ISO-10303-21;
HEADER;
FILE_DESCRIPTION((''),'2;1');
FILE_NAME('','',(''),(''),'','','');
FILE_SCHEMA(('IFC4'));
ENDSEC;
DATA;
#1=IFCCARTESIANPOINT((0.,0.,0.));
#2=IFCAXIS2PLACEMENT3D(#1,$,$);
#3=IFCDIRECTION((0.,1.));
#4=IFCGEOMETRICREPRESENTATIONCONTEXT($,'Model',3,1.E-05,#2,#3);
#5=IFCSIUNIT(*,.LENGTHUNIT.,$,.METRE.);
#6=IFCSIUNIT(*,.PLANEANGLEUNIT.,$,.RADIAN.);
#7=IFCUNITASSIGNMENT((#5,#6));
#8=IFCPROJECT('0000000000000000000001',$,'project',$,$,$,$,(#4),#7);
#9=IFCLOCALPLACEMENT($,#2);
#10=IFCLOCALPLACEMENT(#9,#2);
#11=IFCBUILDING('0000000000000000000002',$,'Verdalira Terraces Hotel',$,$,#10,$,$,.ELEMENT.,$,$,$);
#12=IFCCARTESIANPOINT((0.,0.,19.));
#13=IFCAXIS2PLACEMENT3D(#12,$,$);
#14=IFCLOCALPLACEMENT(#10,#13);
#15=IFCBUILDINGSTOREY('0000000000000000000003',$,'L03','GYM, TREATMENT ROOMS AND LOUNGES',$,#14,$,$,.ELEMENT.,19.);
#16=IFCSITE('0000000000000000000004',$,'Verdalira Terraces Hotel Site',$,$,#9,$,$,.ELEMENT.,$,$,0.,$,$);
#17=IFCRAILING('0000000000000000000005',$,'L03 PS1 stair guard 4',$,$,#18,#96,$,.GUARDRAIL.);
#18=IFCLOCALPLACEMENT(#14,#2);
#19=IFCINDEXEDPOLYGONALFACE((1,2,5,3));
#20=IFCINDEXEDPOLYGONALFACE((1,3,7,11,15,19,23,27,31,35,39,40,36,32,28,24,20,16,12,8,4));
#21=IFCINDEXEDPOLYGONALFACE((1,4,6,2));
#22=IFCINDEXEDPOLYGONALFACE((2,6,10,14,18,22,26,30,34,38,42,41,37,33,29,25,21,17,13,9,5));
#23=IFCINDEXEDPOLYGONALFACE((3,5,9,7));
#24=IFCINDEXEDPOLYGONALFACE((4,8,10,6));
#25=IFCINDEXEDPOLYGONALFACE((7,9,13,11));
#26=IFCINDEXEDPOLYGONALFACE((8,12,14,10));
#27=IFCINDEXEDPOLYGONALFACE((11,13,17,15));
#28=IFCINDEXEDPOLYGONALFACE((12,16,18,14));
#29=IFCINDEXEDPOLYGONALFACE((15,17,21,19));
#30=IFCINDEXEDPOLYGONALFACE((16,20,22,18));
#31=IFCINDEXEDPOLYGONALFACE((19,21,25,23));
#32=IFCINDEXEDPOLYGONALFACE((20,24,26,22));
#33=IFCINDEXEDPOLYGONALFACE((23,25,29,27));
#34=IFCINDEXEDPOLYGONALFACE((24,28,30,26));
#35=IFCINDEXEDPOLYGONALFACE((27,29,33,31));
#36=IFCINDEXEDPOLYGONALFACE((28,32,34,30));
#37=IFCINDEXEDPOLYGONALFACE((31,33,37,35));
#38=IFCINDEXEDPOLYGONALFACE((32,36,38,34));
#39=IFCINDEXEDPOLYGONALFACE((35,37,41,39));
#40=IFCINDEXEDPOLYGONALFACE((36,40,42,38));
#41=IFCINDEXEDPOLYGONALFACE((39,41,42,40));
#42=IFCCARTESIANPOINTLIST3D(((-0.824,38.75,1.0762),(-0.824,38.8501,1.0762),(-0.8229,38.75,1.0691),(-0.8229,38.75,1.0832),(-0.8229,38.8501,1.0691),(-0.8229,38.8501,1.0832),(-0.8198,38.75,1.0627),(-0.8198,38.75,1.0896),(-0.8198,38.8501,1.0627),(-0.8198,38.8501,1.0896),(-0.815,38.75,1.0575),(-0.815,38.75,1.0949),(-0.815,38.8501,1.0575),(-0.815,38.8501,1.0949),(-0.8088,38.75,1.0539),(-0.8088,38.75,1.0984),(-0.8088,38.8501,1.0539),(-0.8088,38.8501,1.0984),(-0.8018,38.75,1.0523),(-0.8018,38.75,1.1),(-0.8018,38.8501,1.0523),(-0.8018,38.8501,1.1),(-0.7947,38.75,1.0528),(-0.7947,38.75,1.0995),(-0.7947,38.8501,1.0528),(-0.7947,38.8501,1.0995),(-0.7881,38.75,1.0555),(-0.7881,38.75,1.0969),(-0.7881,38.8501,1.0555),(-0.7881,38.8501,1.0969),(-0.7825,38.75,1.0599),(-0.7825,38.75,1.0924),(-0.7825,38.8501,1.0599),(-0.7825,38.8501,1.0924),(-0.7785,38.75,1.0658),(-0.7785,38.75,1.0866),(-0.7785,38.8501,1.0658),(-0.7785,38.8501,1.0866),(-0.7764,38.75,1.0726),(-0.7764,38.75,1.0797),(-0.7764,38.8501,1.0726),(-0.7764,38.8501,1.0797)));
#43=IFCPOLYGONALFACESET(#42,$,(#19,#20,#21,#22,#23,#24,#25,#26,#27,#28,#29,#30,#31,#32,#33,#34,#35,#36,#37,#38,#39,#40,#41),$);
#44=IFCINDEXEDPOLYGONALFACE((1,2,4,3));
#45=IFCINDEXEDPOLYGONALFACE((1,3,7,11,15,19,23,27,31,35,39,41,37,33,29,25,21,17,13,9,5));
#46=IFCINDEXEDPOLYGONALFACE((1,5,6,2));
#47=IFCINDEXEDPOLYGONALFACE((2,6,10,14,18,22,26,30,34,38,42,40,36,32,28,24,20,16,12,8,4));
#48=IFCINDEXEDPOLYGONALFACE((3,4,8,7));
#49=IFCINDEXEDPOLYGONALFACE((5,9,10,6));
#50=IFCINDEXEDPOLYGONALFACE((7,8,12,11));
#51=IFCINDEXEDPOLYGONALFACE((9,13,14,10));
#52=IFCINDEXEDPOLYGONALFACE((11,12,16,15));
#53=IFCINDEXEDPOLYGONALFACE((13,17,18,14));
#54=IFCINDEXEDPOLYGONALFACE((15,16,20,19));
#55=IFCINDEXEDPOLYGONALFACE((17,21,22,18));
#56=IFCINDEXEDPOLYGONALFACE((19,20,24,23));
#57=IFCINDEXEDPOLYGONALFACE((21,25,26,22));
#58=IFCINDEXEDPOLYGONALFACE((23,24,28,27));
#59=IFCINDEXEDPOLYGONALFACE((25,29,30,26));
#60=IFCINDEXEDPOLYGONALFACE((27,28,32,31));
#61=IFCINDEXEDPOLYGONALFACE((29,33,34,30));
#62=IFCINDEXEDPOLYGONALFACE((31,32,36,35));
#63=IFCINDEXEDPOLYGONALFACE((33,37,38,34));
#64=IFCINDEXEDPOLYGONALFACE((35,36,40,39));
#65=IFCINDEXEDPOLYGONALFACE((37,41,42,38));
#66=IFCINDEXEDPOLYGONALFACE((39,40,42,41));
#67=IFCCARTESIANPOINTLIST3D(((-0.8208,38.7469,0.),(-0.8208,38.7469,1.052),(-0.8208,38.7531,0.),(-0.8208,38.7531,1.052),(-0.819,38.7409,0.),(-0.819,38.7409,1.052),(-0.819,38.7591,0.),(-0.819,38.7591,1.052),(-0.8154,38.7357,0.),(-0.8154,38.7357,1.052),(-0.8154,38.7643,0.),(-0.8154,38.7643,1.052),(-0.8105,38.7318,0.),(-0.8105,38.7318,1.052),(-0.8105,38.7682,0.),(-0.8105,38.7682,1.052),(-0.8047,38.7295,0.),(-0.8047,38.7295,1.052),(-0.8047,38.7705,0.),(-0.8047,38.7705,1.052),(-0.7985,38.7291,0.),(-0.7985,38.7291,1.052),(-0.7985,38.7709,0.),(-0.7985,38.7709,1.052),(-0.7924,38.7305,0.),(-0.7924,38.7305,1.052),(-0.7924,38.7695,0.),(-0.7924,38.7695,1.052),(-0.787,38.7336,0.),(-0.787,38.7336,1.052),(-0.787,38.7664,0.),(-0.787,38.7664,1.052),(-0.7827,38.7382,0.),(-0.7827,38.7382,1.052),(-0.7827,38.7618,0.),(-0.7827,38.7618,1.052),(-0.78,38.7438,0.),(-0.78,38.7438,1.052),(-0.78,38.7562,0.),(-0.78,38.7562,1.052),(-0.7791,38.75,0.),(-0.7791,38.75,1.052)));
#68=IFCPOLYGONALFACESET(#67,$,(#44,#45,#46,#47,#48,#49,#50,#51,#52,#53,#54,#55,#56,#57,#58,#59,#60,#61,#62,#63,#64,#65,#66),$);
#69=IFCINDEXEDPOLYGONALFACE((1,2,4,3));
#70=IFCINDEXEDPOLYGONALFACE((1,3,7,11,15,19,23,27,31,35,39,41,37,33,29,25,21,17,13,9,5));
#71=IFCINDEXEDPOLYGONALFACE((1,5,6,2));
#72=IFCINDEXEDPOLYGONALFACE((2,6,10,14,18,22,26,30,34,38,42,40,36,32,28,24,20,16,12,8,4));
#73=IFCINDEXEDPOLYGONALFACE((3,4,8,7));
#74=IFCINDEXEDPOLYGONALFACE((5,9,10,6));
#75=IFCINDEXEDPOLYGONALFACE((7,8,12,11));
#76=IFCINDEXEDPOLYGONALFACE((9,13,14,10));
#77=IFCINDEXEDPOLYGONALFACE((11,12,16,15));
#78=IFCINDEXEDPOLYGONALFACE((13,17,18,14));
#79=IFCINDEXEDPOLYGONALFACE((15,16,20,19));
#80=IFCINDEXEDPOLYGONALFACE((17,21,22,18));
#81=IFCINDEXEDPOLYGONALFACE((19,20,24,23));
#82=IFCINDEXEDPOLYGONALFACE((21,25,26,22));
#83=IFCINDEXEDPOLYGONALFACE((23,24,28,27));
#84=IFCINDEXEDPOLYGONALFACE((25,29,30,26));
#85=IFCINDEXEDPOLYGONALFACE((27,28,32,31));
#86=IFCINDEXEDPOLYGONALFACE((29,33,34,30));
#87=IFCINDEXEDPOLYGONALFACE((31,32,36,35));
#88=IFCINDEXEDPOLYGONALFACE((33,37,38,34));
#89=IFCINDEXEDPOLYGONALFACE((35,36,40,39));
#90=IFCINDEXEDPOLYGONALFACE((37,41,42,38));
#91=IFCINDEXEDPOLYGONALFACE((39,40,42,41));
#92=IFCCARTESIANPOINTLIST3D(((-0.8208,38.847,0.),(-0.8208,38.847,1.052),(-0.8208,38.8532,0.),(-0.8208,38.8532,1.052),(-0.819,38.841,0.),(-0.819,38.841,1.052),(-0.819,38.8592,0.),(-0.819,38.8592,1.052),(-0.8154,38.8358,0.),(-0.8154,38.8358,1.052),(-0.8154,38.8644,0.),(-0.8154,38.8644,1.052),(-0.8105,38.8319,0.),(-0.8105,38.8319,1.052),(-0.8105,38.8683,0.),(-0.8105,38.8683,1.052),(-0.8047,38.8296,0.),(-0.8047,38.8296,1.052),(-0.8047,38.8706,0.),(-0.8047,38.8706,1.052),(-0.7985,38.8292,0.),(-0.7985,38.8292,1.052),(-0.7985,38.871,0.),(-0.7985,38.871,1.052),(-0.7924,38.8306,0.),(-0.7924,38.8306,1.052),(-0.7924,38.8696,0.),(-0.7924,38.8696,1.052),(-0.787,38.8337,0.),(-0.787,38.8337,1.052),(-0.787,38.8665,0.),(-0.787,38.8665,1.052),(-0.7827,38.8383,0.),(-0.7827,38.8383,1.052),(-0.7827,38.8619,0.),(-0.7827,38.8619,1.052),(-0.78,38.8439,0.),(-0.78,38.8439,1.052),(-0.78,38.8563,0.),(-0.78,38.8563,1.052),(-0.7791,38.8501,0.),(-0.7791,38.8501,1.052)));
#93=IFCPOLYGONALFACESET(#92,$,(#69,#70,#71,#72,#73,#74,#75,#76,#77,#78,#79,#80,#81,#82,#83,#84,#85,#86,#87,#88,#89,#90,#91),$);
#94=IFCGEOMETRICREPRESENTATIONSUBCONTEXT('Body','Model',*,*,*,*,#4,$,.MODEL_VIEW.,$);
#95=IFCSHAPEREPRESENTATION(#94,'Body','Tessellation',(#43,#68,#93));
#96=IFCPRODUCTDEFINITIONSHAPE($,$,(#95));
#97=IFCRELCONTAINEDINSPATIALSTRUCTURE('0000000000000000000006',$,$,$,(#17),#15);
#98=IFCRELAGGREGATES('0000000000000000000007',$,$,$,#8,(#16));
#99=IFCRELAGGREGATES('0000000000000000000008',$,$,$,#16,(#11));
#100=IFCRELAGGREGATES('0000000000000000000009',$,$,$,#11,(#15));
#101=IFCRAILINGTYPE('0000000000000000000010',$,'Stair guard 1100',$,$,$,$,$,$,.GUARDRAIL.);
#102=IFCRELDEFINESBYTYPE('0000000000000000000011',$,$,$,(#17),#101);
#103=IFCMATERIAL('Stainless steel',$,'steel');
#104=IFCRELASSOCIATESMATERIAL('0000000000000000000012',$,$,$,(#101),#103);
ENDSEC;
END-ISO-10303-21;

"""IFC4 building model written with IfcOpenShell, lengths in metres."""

from ifc_helpers import new_model, si_unit, direction, frame, origin, origin_2d, place, context, subcontext, project, spatial, circle, extrude, material, type_object, element, save


model = new_model("IFC4")

# Units and contexts
model_context = context("Model", 3, precision=1e-05, world=origin(), true_north=direction((0.0, 1.0)))
body_context = subcontext(model_context, "Body", "Model", "MODEL_VIEW")
ifc_project = project(units=[si_unit("LENGTHUNIT", "METRE"), si_unit("PLANEANGLEUNIT", "RADIAN")], contexts=[model_context])

# Site, building, storey
site_placement = place(None, origin())
site = spatial("IfcSite", under=ifc_project, at=site_placement, Name="Verdalira Terraces Hotel Site", CompositionType="ELEMENT", RefElevation=0.0)
building_placement = place(site_placement, origin())
building = spatial("IfcBuilding", under=site, at=building_placement, Name="Verdalira Terraces Hotel", CompositionType="ELEMENT")
storey_placement = place(building_placement, frame((0.0, 0.0, 19.0)))
storey = spatial("IfcBuildingStorey", under=building, at=storey_placement, Name="L03", Description="GYM, TREATMENT ROOMS AND LOUNGES", CompositionType="ELEMENT", Elevation=19.0)

# Railing
ifc_material_1 = material(Name="Stainless steel", Category="steel")
railing_type_1 = type_object("IfcRailingType", Name="Stair guard 1100", PredefinedType="GUARDRAIL", material=ifc_material_1)
railing_1_placement = place(storey_placement, frame((-0.8, 38.75, 0.0)))
element("IfcRailing", 1, at=railing_1_placement, inside=storey, type_object=railing_type_1, Name="L03 PS1 stair guard 4", PredefinedType="GUARDRAIL", context=body_context, shape_type="SweptSolid", body=[
    extrude(circle(Radius=0.0239, at=origin_2d()), frame((0.0, 0.0, 1.0762), z_axis=(0.0, 1.0, 0.0), x_axis=(-1.0, 0.0, 0.0)), (0.0, 0.0, 1.0), 0.1001),
    extrude(circle(Radius=0.021, at=origin_2d()), origin(), (0.0, 0.0, 1.0), 1.052),
    extrude(circle(Radius=0.021, at=origin_2d()), frame((0.0, 0.1001, 0.0)), (0.0, 0.0, 1.0), 1.052),
])

save(model, "model.ifc")
